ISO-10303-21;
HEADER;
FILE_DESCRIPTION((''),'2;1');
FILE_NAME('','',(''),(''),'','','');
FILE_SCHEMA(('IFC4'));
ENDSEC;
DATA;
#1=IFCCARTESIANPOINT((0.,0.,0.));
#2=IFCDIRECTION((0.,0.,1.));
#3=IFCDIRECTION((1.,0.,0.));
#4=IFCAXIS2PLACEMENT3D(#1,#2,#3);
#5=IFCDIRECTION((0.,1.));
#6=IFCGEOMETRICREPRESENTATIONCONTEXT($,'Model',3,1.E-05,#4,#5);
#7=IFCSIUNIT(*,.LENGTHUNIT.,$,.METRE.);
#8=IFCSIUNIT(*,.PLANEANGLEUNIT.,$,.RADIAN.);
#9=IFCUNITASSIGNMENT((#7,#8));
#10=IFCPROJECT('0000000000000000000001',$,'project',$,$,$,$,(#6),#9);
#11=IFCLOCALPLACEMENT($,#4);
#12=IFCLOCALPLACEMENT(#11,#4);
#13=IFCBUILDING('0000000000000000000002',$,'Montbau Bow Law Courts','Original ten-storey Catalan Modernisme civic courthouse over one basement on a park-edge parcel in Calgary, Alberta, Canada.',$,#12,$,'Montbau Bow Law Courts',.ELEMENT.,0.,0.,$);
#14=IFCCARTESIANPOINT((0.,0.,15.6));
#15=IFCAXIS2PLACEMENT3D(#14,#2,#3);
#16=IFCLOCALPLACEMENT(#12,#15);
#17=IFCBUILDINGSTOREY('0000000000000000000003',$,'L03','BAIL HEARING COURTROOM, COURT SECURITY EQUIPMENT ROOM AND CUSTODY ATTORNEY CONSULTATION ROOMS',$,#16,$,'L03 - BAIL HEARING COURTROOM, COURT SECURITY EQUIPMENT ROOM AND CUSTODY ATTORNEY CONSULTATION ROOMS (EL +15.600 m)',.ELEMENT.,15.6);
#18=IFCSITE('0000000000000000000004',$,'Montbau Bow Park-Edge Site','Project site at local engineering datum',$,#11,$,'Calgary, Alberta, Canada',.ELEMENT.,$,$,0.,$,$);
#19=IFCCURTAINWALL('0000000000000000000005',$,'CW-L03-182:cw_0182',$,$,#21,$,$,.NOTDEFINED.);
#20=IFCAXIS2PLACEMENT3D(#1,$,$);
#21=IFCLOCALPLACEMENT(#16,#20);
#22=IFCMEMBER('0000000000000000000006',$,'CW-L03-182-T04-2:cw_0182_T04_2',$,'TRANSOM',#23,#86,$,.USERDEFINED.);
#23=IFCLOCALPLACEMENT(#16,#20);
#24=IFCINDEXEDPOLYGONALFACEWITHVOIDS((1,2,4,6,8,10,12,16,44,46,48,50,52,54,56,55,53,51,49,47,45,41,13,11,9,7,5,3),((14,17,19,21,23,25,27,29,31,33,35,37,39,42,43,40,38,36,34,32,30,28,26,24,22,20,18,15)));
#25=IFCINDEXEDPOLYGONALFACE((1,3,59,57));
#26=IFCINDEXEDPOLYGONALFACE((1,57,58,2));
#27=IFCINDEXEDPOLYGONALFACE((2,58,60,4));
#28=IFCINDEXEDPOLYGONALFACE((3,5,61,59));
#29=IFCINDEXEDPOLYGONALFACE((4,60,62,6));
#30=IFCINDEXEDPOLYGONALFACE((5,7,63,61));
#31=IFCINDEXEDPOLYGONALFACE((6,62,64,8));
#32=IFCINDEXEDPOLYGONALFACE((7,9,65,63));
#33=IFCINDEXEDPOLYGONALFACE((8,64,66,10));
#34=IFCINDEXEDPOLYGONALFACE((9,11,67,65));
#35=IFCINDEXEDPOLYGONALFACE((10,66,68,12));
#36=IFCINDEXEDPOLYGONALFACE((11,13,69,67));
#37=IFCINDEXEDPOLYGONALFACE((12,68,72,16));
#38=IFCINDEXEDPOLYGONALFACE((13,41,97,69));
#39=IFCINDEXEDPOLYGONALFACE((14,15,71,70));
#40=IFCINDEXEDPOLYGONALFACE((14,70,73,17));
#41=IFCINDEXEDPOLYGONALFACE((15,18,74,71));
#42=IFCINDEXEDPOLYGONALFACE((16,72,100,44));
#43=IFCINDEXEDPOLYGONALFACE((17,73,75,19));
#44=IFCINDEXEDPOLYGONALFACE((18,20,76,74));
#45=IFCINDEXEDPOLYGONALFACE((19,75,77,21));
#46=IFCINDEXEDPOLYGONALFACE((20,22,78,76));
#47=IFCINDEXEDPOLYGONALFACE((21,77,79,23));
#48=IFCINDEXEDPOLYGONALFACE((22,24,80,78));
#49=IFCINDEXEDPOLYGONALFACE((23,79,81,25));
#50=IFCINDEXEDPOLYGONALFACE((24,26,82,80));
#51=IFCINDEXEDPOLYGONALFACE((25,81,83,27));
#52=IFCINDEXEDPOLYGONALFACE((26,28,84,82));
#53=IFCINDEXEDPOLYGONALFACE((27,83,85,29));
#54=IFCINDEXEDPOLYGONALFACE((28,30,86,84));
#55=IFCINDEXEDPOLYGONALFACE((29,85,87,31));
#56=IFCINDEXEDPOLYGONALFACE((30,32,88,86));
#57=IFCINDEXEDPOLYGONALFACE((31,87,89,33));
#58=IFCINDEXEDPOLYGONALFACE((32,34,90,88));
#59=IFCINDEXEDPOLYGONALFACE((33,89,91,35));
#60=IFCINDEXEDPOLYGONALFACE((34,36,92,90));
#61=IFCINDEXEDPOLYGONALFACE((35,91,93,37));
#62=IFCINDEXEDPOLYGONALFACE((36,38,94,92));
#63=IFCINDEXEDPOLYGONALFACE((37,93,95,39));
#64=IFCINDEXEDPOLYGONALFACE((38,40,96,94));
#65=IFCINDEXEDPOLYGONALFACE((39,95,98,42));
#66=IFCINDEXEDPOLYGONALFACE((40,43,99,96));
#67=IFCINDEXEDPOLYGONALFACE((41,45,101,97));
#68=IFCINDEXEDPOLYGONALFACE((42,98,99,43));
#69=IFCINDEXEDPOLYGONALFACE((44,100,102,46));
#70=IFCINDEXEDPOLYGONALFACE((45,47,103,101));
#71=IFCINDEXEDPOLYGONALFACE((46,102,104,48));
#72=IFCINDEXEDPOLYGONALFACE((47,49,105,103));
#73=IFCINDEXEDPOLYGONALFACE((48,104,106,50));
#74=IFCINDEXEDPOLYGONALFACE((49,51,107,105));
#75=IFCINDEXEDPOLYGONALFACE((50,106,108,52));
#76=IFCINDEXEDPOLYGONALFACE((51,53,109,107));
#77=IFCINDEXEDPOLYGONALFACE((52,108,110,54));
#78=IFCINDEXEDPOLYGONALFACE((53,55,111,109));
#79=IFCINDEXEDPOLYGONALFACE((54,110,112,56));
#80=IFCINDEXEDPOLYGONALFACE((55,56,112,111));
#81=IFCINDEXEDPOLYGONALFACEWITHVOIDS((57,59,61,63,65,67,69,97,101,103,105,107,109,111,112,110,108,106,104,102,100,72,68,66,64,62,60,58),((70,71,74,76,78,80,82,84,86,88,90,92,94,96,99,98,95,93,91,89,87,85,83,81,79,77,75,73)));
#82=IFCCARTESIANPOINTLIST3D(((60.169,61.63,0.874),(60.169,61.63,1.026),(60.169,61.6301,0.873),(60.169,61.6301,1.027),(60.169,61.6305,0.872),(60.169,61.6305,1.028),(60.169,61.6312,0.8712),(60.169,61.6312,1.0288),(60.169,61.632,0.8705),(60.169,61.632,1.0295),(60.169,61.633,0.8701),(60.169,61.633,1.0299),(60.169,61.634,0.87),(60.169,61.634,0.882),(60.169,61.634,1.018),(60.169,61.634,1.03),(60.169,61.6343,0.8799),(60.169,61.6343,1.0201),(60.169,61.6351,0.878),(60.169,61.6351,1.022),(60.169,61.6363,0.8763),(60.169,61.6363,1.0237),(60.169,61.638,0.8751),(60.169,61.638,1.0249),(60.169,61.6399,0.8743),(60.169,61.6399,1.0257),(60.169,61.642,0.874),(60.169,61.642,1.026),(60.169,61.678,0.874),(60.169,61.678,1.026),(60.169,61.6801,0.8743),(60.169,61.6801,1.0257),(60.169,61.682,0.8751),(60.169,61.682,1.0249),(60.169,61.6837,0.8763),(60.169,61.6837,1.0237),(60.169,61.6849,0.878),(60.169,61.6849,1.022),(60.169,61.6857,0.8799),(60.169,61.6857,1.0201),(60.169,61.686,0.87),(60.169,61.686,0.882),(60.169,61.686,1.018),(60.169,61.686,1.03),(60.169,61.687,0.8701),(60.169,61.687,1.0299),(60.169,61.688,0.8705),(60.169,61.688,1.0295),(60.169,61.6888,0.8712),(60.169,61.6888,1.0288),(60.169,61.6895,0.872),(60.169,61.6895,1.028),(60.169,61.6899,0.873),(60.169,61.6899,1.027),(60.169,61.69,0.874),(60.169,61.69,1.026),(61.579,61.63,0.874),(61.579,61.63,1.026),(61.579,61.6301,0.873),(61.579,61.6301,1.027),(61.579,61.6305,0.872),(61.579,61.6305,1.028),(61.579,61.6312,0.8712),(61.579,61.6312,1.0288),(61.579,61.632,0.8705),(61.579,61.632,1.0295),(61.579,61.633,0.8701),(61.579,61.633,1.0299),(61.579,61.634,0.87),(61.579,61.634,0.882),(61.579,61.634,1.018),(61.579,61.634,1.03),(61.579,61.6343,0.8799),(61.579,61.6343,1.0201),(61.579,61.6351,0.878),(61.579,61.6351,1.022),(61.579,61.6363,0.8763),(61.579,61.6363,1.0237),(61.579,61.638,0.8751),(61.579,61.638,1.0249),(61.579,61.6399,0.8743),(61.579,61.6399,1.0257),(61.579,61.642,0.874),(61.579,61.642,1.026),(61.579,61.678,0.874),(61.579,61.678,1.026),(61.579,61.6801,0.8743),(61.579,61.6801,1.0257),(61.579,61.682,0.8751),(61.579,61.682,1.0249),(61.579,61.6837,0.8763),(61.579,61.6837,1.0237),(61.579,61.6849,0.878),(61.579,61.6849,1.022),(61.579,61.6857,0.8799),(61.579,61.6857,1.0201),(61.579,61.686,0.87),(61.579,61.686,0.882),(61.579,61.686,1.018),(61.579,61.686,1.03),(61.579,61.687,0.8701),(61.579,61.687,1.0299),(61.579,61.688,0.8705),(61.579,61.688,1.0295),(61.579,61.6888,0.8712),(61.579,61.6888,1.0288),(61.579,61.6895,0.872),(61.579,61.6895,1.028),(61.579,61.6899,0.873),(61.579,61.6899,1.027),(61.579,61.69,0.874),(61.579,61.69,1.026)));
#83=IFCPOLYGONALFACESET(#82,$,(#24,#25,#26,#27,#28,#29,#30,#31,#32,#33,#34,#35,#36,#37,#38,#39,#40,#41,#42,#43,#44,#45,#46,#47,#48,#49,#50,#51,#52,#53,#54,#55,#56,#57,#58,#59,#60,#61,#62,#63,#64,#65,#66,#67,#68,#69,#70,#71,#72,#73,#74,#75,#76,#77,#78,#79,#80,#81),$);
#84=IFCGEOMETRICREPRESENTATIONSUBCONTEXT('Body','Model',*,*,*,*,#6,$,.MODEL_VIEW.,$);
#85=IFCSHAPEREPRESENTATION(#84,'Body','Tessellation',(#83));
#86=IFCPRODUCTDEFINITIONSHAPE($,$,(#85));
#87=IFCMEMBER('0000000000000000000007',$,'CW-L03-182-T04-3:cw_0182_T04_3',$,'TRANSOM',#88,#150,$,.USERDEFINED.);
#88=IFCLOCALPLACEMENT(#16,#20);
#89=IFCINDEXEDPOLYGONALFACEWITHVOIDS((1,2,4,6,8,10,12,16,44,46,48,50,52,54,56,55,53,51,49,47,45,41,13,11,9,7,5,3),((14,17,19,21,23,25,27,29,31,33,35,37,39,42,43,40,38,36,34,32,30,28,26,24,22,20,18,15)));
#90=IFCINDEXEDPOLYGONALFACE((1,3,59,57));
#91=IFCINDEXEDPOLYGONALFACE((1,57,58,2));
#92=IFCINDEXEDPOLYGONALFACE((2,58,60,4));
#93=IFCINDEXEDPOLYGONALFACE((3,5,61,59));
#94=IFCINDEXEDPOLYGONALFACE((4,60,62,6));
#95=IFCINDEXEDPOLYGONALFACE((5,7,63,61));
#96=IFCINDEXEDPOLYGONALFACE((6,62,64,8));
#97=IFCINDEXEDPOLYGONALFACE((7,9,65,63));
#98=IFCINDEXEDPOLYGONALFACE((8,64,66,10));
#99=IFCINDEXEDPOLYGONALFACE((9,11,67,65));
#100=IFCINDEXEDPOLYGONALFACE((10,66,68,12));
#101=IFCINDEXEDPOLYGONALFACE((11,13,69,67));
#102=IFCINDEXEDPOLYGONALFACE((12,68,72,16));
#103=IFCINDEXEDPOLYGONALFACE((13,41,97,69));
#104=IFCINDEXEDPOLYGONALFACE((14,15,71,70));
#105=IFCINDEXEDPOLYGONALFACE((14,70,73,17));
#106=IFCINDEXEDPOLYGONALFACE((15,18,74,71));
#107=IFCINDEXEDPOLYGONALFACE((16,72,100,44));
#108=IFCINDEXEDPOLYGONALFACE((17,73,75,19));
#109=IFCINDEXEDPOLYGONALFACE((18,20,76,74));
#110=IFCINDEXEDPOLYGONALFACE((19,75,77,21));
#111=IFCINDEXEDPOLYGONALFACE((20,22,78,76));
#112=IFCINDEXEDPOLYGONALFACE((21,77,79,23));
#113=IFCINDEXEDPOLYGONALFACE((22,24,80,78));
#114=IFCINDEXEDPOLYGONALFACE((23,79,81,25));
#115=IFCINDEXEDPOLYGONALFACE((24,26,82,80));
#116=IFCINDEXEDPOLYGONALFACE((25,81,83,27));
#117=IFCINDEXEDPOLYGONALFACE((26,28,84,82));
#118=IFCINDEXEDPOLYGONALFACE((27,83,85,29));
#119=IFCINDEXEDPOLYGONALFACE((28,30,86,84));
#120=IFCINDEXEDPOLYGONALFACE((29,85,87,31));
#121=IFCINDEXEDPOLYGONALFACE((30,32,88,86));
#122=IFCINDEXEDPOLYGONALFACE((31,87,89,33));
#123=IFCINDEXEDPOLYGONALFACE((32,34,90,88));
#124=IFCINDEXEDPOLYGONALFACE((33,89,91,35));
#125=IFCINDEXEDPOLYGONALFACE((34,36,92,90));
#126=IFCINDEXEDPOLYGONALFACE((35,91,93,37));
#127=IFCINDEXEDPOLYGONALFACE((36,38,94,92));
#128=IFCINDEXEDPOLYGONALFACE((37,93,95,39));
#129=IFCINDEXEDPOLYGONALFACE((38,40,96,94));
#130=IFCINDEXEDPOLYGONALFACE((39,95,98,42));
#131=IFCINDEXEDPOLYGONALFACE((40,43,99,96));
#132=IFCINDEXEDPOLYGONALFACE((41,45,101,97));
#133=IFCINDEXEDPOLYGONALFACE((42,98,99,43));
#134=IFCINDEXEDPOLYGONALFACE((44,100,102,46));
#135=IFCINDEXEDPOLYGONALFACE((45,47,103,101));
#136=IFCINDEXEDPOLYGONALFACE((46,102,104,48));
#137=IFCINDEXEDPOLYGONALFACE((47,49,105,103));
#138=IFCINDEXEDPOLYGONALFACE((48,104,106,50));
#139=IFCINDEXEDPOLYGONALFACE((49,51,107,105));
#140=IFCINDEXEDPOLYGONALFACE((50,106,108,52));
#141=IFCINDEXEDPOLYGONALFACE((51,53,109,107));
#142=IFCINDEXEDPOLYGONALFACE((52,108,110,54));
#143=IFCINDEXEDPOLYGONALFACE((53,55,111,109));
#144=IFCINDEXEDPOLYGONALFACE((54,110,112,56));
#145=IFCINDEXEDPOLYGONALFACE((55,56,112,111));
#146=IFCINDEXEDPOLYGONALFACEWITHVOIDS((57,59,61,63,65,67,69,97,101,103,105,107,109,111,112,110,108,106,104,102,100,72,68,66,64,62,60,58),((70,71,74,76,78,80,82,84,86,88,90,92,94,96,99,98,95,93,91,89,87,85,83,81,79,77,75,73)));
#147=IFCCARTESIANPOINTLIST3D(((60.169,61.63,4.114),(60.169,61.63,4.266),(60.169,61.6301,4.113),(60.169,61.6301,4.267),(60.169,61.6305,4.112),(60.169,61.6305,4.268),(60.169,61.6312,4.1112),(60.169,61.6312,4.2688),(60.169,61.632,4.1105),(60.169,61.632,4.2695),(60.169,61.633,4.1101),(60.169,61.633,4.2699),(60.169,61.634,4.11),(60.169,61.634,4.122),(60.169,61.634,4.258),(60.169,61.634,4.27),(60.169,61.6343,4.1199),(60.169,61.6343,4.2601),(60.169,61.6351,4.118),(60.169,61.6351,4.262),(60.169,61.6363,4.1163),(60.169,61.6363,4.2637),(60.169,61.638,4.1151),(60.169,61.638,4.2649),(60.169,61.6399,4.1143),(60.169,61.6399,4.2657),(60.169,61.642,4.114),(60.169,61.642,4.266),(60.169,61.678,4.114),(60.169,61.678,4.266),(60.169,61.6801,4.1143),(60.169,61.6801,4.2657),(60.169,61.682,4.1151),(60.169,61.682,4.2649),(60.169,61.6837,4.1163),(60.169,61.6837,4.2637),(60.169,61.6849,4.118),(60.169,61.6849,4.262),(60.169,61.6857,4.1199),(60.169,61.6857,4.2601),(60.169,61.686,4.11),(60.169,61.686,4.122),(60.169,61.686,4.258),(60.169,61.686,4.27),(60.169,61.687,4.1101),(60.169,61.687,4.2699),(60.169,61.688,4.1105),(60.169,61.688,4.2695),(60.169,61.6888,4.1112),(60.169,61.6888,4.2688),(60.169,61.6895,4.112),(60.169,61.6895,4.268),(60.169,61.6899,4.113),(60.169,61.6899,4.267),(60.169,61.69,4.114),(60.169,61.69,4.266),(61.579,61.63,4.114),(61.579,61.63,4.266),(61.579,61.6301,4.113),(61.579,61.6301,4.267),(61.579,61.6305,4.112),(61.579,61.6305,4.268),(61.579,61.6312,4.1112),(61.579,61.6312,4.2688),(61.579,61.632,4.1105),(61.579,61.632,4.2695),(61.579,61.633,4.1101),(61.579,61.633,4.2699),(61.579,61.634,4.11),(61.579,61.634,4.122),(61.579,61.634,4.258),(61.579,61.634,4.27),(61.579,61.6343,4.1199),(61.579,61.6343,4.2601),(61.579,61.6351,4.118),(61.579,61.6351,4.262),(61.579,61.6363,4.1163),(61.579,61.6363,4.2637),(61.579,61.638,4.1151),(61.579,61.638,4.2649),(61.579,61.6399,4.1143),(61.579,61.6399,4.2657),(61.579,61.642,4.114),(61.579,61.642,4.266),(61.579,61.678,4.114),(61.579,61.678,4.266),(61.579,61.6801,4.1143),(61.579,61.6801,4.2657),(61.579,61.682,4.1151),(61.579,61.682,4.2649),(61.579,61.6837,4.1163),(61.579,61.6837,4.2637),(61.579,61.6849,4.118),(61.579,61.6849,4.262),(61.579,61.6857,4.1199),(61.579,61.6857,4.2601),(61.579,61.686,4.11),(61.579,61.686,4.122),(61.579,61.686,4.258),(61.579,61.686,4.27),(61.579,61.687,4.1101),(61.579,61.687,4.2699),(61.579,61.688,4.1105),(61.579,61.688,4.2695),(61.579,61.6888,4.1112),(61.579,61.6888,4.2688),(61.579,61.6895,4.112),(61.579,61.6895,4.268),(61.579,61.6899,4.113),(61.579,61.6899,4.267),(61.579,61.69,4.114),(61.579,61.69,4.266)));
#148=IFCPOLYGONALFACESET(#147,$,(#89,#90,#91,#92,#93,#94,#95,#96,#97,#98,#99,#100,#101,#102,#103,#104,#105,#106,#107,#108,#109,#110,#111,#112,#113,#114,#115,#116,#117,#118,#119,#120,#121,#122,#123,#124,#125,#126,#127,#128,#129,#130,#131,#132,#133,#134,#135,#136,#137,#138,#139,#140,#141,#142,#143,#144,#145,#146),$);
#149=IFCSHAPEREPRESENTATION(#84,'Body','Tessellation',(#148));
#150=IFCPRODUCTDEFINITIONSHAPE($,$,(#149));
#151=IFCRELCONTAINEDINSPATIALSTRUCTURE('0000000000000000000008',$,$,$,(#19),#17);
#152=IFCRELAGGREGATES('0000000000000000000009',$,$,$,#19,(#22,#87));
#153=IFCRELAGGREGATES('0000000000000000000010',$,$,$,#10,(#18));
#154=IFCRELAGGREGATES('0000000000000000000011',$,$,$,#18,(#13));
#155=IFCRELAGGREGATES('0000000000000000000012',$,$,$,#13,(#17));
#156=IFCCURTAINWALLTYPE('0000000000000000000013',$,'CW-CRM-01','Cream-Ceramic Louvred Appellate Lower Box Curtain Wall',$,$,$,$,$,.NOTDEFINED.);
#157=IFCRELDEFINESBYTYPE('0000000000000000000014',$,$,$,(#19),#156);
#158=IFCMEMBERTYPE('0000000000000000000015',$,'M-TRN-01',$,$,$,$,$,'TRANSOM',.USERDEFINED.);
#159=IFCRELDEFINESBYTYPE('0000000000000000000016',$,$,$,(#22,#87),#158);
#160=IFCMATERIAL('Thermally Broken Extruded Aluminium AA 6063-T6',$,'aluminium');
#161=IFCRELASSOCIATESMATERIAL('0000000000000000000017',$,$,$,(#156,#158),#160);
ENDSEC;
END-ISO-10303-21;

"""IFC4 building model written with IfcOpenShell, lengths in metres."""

from ifc_helpers import new_model, si_unit, direction, frame, origin_with_axes, origin_2d_with_axis, place, context, subcontext, project, spatial, hollow_rectangle, extrude, material, material_profile, profile_set, type_object, element, aggregate, save


model = new_model("IFC4")

# Units and contexts
model_context = context("Model", 3, precision=1e-05, world=origin_with_axes(), true_north=direction((0.0, 1.0)))
body_context = subcontext(model_context, "Body", "Model", "MODEL_VIEW")
ifc_project = project(units=[si_unit("LENGTHUNIT", "METRE"), si_unit("PLANEANGLEUNIT", "RADIAN")], contexts=[model_context])

# Site, building, storey
site_placement = place(None, origin_with_axes())
site = spatial("IfcSite", under=ifc_project, at=site_placement, Name="Montbau Bow Park-Edge Site", Description="Project site at local engineering datum", LongName="Calgary, Alberta, Canada", CompositionType="ELEMENT", RefElevation=0.0)
building_placement = place(site_placement, origin_with_axes())
building = spatial("IfcBuilding", under=site, at=building_placement, Name="Montbau Bow Law Courts", Description="Original ten-storey Catalan Modernisme civic courthouse over one basement on a park-edge parcel in Calgary, Alberta, Canada.", LongName="Montbau Bow Law Courts", CompositionType="ELEMENT", ElevationOfRefHeight=0.0, ElevationOfTerrain=0.0)
storey_placement = place(building_placement, frame((0.0, 0.0, 15.6), z_axis=(0.0, 0.0, 1.0), x_axis=(1.0, 0.0, 0.0)))
storey = spatial("IfcBuildingStorey", under=building, at=storey_placement, Name="L03", Description="BAIL HEARING COURTROOM, COURT SECURITY EQUIPMENT ROOM AND CUSTODY ATTORNEY CONSULTATION ROOMS", LongName="L03 - BAIL HEARING COURTROOM, COURT SECURITY EQUIPMENT ROOM AND CUSTODY ATTORNEY CONSULTATION ROOMS (EL +15.600 m)", CompositionType="ELEMENT", Elevation=15.6)

# Curtain wall, members
ifc_material_1 = material(Name="Thermally Broken Extruded Aluminium AA 6063-T6", Category="aluminium")
curtain_wall_type = type_object("IfcCurtainWallType", Name="CW-CRM-01", Description="Cream-Ceramic Louvred Appellate Lower Box Curtain Wall", PredefinedType="NOTDEFINED", material=ifc_material_1)
curtain_wall_placement = place(None, frame((55.715, 61.66, 15.6), z_axis=(0.0, 0.0, 1.0), x_axis=(1.0, 0.0, 0.0)))
curtain_wall = element("IfcCurtainWall", 1, at=curtain_wall_placement, inside=storey, type_object=curtain_wall_type, Name="CW-L03-182:cw_0182", PredefinedType="NOTDEFINED")
ifc_material_profile_1 = material_profile(ifc_material_1, hollow_rectangle(XDim=0.06, YDim=0.16, WallThickness=0.004, InnerFilletRadius=0.008, OuterFilletRadius=0.004, at=origin_2d_with_axis()), Name="CWT-160X60", Category="Main", Priority=0)
ifc_profile_set_1 = profile_set([ifc_material_profile_1], Name="Thermally Broken Extruded Aluminium AA 6063-T6")
member_type_1 = type_object("IfcMemberType", Name="M-TRN-01", ElementType="TRANSOM", PredefinedType="USERDEFINED", material=ifc_profile_set_1)
member_1_placement = place(None, frame((60.169, 61.66, 16.55), z_axis=(1.0, 0.0, 0.0), x_axis=(0.0, 1.0, 0.0)))
member_1 = element("IfcMember", 2, at=member_1_placement, type_object=member_type_1, Name="CW-L03-182-T04-2:cw_0182_T04_2", ObjectType="TRANSOM", PredefinedType="USERDEFINED", context=body_context, shape_type="SweptSolid", body=[
    extrude(hollow_rectangle(XDim=0.06, YDim=0.16, WallThickness=0.004, InnerFilletRadius=0.008, OuterFilletRadius=0.004, at=origin_2d_with_axis()), origin_with_axes(), (0.0, 0.0, 1.0), 1.41),
])
member_2_placement = place(None, frame((60.169, 61.66, 19.79), z_axis=(1.0, 0.0, 0.0), x_axis=(0.0, 1.0, 0.0)))
member_2 = element("IfcMember", 3, at=member_2_placement, type_object=member_type_1, Name="CW-L03-182-T04-3:cw_0182_T04_3", ObjectType="TRANSOM", PredefinedType="USERDEFINED", context=body_context, shape_type="SweptSolid", body=[
    extrude(hollow_rectangle(XDim=0.06, YDim=0.16, WallThickness=0.004, InnerFilletRadius=0.008, OuterFilletRadius=0.004, at=origin_2d_with_axis()), origin_with_axes(), (0.0, 0.0, 1.0), 1.41),
])
aggregate(curtain_wall, [member_1, member_2])

save(model, "model.ifc")
